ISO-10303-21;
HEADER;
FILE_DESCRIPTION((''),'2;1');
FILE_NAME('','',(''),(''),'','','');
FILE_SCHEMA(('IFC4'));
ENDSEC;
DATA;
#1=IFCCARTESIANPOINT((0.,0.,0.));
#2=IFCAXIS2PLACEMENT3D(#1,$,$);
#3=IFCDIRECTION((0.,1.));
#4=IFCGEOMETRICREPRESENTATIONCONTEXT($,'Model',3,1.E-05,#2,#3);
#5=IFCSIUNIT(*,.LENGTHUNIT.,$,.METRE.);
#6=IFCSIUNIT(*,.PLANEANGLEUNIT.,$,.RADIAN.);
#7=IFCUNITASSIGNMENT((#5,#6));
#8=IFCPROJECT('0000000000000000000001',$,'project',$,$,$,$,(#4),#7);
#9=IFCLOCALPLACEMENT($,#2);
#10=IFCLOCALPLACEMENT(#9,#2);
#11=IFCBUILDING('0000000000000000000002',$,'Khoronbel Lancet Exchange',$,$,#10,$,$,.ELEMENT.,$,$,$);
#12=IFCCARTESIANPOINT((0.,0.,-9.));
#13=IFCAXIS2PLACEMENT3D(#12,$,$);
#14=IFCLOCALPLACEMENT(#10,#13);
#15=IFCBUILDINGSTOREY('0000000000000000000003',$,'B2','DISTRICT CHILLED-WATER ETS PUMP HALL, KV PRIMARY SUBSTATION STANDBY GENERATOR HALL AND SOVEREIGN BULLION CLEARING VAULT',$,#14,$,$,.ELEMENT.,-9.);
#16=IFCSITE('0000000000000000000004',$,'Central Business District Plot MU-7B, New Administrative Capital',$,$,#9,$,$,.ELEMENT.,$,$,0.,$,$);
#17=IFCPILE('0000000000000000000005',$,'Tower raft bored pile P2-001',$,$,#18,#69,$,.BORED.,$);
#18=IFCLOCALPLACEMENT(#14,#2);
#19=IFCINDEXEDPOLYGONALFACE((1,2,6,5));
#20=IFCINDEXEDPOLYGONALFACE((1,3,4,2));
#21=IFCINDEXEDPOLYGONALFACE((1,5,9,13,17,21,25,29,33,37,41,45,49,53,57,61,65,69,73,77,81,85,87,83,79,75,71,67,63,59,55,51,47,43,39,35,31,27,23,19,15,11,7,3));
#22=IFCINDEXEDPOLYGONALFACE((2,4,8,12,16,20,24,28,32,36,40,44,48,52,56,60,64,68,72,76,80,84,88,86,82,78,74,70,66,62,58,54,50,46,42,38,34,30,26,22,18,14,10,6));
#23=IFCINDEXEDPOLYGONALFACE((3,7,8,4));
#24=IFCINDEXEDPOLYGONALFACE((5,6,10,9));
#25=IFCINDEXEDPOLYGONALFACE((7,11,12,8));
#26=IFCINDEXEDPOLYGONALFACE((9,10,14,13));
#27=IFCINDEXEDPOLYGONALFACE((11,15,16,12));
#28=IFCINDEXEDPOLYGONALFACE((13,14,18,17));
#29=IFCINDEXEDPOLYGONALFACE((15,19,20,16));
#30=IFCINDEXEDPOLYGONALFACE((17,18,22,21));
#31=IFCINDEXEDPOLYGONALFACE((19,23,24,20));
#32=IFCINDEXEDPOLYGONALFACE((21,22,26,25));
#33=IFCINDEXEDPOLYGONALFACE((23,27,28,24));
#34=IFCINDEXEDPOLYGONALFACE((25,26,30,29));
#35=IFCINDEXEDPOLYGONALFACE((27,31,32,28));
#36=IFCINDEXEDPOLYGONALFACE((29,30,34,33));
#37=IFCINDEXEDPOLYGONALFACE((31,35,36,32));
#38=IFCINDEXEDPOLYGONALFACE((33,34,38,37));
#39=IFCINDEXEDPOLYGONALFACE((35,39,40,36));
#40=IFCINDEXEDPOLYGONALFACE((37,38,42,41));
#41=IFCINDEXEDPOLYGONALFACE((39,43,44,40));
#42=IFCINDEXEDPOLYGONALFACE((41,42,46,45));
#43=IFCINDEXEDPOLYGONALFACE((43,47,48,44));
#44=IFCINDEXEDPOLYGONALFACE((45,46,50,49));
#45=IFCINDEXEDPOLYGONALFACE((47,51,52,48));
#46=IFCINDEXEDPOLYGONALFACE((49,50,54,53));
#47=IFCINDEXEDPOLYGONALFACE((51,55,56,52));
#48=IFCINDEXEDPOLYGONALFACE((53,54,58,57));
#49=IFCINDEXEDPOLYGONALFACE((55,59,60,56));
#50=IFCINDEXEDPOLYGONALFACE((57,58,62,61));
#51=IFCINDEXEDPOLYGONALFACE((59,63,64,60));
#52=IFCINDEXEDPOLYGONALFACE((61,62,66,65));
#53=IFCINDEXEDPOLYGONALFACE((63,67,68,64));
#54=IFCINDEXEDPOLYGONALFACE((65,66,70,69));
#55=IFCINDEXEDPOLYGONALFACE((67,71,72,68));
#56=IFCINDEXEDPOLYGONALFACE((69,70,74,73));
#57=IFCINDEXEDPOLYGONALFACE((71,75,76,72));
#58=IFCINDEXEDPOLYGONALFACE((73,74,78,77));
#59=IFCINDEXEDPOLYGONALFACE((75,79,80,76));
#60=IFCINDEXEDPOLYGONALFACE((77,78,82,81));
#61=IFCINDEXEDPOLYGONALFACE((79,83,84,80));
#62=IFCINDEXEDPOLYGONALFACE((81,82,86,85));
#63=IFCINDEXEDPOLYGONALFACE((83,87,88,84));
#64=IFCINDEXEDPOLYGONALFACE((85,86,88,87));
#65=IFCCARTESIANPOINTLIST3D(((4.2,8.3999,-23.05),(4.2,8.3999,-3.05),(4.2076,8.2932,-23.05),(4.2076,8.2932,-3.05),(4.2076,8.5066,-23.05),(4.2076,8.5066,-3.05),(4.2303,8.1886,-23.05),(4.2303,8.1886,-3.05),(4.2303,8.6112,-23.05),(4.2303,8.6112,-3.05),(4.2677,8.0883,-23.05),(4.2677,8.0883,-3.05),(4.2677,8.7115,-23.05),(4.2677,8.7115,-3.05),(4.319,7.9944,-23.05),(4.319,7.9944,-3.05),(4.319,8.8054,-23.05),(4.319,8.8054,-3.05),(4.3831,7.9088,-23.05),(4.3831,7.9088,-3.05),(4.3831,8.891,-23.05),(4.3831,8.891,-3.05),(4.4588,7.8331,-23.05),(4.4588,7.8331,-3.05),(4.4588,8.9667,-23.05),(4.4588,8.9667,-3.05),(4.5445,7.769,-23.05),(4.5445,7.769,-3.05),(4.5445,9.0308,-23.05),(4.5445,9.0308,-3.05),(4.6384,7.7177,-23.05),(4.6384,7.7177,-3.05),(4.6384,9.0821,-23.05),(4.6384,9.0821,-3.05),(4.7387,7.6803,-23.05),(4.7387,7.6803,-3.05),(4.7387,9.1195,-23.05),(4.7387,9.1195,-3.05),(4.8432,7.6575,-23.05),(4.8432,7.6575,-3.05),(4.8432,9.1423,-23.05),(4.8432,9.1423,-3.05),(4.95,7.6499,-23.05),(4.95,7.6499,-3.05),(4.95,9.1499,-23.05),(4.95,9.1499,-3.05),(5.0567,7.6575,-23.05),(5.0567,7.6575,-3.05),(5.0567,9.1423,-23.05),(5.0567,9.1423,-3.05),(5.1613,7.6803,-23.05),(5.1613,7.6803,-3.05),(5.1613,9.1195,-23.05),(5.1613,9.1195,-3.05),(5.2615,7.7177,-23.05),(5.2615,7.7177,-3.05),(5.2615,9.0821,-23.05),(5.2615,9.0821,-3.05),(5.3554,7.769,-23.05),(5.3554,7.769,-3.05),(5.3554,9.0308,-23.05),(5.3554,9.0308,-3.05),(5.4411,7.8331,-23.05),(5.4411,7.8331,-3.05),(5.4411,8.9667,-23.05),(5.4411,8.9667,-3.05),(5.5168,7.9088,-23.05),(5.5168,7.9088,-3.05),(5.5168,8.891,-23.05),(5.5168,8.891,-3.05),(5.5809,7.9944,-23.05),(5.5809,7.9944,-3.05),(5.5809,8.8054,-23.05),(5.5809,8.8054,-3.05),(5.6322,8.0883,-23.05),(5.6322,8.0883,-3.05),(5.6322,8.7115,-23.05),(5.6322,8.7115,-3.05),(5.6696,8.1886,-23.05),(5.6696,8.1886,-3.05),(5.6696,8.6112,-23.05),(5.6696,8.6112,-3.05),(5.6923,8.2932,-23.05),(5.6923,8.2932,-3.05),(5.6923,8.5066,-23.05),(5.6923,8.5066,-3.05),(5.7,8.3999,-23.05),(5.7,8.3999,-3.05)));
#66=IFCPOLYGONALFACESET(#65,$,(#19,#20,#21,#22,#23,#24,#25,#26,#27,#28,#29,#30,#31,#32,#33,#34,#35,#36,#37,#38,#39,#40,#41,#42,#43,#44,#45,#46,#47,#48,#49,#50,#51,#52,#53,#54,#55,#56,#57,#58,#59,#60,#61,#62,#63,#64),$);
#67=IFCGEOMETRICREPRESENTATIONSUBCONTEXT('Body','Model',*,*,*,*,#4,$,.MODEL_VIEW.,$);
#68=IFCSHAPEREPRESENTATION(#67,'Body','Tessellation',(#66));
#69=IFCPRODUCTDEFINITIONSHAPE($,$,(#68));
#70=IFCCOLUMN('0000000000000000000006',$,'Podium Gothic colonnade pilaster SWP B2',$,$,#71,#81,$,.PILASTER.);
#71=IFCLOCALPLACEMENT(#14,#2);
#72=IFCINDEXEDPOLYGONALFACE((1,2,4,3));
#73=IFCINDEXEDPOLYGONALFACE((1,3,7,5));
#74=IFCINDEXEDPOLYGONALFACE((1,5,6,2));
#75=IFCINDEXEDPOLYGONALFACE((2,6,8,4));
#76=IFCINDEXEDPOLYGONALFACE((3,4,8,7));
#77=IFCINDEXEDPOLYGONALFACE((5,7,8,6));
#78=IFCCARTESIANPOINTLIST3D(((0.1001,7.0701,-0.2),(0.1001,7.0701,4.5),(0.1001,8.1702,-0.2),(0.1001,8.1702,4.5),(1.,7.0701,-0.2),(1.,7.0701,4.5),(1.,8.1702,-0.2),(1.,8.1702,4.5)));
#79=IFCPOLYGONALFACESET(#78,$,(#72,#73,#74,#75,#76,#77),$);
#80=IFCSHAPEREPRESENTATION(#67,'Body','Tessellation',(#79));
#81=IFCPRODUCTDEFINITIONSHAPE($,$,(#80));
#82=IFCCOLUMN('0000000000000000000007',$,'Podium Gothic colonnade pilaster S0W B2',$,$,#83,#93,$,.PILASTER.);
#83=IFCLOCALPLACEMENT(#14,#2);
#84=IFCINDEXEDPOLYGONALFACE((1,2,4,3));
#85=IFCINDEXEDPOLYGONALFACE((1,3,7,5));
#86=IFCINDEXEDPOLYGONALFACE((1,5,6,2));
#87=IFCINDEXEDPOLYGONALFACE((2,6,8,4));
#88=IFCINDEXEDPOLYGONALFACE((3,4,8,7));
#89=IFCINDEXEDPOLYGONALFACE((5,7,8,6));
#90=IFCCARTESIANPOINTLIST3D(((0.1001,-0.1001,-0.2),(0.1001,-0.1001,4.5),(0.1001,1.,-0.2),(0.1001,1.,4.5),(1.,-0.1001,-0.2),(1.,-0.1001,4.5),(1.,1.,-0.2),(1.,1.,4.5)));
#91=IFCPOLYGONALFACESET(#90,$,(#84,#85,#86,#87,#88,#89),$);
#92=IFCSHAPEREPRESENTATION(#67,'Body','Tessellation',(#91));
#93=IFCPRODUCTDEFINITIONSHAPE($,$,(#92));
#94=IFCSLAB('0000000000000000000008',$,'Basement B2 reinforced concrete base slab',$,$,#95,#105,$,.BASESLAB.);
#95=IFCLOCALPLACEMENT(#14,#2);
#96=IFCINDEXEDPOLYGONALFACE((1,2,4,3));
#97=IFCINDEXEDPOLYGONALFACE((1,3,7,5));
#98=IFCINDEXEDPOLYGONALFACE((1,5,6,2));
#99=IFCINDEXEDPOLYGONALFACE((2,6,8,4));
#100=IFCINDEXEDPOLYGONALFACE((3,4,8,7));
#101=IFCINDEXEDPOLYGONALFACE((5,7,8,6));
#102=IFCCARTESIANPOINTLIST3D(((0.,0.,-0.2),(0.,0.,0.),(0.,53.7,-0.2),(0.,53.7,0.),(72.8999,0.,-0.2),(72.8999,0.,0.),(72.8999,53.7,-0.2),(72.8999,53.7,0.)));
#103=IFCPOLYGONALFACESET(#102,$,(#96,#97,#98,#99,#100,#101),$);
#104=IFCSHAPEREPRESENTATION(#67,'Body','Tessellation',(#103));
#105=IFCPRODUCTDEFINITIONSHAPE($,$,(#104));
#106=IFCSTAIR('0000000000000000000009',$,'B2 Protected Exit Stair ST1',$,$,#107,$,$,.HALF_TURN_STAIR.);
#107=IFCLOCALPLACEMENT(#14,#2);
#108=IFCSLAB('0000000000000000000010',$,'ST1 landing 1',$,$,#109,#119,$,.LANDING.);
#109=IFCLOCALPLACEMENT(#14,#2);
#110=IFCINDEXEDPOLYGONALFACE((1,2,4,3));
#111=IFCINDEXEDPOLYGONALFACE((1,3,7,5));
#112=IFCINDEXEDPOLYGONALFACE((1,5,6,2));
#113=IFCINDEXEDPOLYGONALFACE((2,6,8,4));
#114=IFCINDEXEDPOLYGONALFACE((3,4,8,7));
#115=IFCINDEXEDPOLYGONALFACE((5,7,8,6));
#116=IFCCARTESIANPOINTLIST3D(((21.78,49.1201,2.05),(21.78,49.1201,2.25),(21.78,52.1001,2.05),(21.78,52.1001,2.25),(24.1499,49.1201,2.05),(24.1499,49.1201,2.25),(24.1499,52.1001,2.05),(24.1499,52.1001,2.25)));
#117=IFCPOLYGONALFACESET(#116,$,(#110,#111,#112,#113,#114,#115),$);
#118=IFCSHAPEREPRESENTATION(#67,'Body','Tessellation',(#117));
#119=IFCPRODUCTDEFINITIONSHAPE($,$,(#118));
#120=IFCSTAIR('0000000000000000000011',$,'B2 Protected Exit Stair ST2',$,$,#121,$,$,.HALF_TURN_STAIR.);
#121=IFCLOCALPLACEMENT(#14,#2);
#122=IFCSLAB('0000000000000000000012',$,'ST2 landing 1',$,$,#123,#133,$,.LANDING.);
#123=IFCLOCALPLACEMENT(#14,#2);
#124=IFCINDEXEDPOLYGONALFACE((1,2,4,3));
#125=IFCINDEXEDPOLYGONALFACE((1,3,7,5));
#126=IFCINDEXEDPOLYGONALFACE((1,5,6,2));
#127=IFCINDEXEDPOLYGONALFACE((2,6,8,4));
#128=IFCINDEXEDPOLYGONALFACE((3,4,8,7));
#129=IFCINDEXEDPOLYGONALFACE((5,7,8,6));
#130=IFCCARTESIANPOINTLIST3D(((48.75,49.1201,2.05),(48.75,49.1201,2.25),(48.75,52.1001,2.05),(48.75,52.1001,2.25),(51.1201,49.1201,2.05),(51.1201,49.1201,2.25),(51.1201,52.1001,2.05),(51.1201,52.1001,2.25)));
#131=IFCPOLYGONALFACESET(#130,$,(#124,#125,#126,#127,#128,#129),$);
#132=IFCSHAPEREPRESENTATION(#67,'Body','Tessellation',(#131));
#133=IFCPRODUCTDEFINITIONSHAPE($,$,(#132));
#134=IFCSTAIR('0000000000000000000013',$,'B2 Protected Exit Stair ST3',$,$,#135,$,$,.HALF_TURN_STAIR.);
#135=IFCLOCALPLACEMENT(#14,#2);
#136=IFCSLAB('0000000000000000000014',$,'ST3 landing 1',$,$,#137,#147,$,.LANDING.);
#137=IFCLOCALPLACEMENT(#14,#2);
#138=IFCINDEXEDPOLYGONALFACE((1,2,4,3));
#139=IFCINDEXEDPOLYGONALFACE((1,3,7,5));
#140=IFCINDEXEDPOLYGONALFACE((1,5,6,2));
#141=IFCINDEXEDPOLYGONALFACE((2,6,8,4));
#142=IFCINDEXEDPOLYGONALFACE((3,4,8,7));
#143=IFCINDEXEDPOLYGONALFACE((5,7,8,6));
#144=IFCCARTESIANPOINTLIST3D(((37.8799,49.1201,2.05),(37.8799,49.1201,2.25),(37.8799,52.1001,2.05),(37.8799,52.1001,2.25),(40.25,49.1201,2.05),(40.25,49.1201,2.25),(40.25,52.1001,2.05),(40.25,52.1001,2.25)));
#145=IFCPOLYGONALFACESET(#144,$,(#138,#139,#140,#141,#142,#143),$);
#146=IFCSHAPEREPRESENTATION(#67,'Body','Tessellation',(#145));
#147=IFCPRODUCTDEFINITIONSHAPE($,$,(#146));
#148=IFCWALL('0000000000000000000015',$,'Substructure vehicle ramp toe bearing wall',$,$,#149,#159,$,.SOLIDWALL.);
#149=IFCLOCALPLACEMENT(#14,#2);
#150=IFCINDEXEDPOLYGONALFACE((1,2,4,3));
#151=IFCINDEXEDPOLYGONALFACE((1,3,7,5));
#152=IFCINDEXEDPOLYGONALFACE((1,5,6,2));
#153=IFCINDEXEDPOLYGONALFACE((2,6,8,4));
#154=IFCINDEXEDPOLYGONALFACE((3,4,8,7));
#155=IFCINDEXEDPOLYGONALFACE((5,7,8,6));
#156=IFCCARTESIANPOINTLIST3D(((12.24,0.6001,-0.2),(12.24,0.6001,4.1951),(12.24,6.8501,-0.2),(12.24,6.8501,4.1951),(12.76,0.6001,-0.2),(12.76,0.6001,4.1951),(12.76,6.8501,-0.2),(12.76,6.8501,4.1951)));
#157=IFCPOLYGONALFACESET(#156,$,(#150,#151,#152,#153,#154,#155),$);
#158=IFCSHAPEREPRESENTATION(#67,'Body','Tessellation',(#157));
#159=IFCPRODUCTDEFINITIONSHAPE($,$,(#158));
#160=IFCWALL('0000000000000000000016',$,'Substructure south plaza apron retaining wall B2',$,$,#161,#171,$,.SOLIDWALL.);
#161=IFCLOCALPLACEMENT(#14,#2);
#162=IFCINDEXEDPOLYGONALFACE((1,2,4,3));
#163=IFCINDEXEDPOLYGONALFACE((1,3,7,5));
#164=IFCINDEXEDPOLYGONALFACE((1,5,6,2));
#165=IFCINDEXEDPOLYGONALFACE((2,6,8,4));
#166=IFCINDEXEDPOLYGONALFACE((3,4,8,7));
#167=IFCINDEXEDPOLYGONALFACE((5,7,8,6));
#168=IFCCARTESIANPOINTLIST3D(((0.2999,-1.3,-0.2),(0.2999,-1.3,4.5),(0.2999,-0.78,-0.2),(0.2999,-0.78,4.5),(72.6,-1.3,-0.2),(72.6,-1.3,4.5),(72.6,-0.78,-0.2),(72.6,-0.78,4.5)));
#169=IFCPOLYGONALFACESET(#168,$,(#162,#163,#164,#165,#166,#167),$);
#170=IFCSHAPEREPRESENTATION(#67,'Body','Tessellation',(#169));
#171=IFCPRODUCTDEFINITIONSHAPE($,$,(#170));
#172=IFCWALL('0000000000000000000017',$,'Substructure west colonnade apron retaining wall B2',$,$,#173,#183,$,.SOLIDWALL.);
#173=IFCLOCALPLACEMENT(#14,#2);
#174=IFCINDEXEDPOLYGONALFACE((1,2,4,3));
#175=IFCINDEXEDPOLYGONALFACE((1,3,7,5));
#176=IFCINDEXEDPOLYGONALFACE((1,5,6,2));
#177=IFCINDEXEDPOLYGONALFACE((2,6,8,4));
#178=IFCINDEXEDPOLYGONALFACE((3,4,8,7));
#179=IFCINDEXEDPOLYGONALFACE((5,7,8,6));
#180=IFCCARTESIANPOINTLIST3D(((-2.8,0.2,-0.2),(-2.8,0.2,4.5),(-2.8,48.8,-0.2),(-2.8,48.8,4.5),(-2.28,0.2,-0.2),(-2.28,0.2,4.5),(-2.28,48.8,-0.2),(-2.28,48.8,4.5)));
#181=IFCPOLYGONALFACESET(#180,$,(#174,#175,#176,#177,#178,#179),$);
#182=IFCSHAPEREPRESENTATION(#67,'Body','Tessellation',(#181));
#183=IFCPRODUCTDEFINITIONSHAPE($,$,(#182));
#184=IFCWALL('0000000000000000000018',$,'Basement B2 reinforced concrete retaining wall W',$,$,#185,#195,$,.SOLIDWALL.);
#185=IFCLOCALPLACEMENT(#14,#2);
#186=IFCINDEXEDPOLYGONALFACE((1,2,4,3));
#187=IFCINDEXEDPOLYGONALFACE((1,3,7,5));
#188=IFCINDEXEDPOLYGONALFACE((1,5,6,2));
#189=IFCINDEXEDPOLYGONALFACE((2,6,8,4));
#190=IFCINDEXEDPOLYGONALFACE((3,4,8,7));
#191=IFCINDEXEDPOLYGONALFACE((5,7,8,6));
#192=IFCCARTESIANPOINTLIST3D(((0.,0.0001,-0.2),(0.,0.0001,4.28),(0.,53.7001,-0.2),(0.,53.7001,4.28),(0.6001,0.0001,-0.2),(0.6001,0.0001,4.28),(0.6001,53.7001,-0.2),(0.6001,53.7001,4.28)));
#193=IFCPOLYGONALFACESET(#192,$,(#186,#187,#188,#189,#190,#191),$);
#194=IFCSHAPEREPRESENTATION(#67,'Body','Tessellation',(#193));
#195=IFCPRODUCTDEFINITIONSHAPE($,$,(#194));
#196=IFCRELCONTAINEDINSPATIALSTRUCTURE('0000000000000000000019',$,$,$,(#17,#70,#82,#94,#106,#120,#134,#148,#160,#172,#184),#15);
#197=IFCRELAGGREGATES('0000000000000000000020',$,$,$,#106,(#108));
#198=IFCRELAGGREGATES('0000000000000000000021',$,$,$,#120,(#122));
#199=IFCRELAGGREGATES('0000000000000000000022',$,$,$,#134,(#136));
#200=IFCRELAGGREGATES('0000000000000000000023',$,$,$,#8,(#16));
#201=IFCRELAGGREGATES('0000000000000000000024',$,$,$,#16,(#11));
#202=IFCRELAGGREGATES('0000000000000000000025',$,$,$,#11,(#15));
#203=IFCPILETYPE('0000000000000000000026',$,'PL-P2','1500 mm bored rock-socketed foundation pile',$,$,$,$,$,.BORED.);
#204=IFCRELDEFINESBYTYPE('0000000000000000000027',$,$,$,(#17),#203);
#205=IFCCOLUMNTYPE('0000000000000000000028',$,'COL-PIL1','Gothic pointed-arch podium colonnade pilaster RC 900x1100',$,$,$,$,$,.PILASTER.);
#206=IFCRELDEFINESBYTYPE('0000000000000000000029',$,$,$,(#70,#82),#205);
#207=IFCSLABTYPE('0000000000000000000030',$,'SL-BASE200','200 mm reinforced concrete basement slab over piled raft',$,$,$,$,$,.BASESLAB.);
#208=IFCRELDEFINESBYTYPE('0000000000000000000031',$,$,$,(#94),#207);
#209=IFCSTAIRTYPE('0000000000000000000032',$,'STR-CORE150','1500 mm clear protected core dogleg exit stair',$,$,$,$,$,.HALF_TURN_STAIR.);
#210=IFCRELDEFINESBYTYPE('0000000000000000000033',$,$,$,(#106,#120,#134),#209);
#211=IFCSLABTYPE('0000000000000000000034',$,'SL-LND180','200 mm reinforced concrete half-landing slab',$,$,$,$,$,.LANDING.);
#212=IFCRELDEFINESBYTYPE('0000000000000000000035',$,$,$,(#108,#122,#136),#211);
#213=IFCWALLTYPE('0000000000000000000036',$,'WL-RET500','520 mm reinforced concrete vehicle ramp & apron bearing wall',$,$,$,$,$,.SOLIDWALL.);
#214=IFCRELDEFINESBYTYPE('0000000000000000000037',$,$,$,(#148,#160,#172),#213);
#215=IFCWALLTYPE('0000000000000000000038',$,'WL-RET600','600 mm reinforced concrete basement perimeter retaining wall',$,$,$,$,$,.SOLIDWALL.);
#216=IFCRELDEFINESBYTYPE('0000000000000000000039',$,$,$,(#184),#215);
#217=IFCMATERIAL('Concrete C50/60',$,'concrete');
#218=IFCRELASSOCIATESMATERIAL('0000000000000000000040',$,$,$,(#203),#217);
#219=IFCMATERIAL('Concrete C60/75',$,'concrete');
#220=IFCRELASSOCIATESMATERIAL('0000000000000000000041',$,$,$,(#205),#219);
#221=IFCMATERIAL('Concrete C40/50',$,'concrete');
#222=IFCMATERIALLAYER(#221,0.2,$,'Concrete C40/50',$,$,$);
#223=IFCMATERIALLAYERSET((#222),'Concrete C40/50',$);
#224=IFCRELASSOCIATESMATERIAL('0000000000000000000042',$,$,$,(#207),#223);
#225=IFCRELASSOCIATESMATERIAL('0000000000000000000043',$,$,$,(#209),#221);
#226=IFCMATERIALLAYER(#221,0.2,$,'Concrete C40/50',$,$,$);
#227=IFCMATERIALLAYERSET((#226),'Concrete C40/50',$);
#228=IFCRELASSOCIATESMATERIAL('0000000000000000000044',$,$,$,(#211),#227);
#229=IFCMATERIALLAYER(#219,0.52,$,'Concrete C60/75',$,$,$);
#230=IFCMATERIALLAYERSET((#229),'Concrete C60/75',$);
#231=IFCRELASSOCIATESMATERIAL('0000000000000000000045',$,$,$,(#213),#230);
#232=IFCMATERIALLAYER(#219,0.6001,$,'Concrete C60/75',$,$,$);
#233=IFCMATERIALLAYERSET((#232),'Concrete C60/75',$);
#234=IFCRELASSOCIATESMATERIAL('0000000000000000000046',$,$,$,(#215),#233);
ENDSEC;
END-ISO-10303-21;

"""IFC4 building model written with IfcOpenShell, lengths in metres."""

from ifc_helpers import new_model, si_unit, direction, frame, frame_2d, origin, origin_2d, place, context, subcontext, project, spatial, polyline, rectangle, circle, outline, extrude, material, layer, layer_set, material_profile, profile_set, type_object, element, aggregate, save


model = new_model("IFC4")

# Units and contexts
model_context = context("Model", 3, precision=1e-05, world=origin(), true_north=direction((0.0, 1.0)))
body_context = subcontext(model_context, "Body", "Model", "MODEL_VIEW")
ifc_project = project(units=[si_unit("LENGTHUNIT", "METRE"), si_unit("PLANEANGLEUNIT", "RADIAN")], contexts=[model_context])

# Site, building, storey
site_placement = place(None, origin())
site = spatial("IfcSite", under=ifc_project, at=site_placement, Name="Central Business District Plot MU-7B, New Administrative Capital", CompositionType="ELEMENT", RefElevation=0.0)
building_placement = place(site_placement, origin())
building = spatial("IfcBuilding", under=site, at=building_placement, Name="Khoronbel Lancet Exchange", CompositionType="ELEMENT")
storey_placement = place(building_placement, frame((0.0, 0.0, -9.0)))
storey = spatial("IfcBuildingStorey", under=building, at=storey_placement, Name="B2", Description="DISTRICT CHILLED-WATER ETS PUMP HALL, KV PRIMARY SUBSTATION STANDBY GENERATOR HALL AND SOVEREIGN BULLION CLEARING VAULT", CompositionType="ELEMENT", Elevation=-9.0)

# Shared definitions
ifc_material_1 = material(Name="Concrete C50/60", Category="concrete")

# Pile
ifc_material_profile_1 = material_profile(ifc_material_1, circle(Radius=0.75, at=origin_2d()), Name="BORED PILE D1500")
ifc_profile_set_1 = profile_set([ifc_material_profile_1], Name="Concrete C50/60")
pile_type_1 = type_object("IfcPileType", Name="PL-P2", Description="1500 mm bored rock-socketed foundation pile", PredefinedType="BORED", material=ifc_profile_set_1)
pile_placement = place(storey_placement, frame((4.95, 8.3999, -3.05), z_axis=(0.0, 0.0, -1.0), x_axis=(1.0, 0.0, 0.0)))
element("IfcPile", 1, at=pile_placement, inside=storey, type_object=pile_type_1, Name="Tower raft bored pile P2-001", PredefinedType="BORED", context=body_context, shape_type="SweptSolid", body=[
    extrude(circle(Radius=0.75, at=origin_2d()), origin(), (0.0, 0.0, 1.0), 20.0),
])

# Columns
ifc_material_2 = material(Name="Concrete C60/75", Category="concrete")
ifc_material_profile_2 = material_profile(ifc_material_2, rectangle(XDim=0.8999, YDim=1.1001, at=origin_2d()), Name="RC 900x1100")
ifc_profile_set_2 = profile_set([ifc_material_profile_2], Name="Concrete C60/75")
column_type = type_object("IfcColumnType", Name="COL-PIL1", Description="Gothic pointed-arch podium colonnade pilaster RC 900x1100", PredefinedType="PILASTER", material=ifc_profile_set_2)
for number, where, z_axis, x_axis, name in (
    (2, (0.55, 7.6201, -0.2), (0.0, 0.0, 1.0), (1.0, 0.0, 0.0), "Podium Gothic colonnade pilaster SWP B2"),
    (3, (0.55, 0.45, -0.2), (0.0, 0.0, 1.0), (1.0, 0.0, 0.0), "Podium Gothic colonnade pilaster S0W B2"),
):
    element("IfcColumn", number, at=place(storey_placement, frame(where, z_axis=z_axis, x_axis=x_axis)), inside=storey, type_object=column_type, Name=name, PredefinedType="PILASTER", context=body_context, shape_type="SweptSolid", body=[
        extrude(rectangle(XDim=0.8999, YDim=1.1001, at=origin_2d()), origin(), (0.0, 0.0, 1.0), 4.7),
    ])

# Slab
ifc_material_3 = material(Name="Concrete C40/50", Category="concrete")
ifc_layer_1 = layer(ifc_material_3, 0.2, Name="Concrete C40/50")
ifc_layer_set_1 = layer_set([ifc_layer_1], Name="Concrete C40/50")
slab_type_1 = type_object("IfcSlabType", Name="SL-BASE200", Description="200 mm reinforced concrete basement slab over piled raft", PredefinedType="BASESLAB", material=ifc_layer_set_1)
slab_1_placement = place(storey_placement, frame((0.0, 0.0, -0.2)))
element("IfcSlab", 4, at=slab_1_placement, inside=storey, type_object=slab_type_1, Name="Basement B2 reinforced concrete base slab", PredefinedType="BASESLAB", context=body_context, shape_type="SweptSolid", body=[
    extrude(outline(polyline([(0.0, 0.0), (72.8999, 0.0), (72.8999, 53.7), (0.0, 53.7), (0.0, 0.0)])), origin(), (0.0, 0.0, 1.0), 0.2),
])

# Stairs, slabs
stair_type = type_object("IfcStairType", Name="STR-CORE150", Description="1500 mm clear protected core dogleg exit stair", PredefinedType="HALF_TURN_STAIR", material=ifc_material_3)
stair_1_placement = place(storey_placement, origin())
stair_1 = element("IfcStair", 5, at=stair_1_placement, inside=storey, type_object=stair_type, Name="B2 Protected Exit Stair ST1", PredefinedType="HALF_TURN_STAIR")
ifc_layer_2 = layer(ifc_material_3, 0.2, Name="Concrete C40/50")
ifc_layer_set_2 = layer_set([ifc_layer_2], Name="Concrete C40/50")
slab_type_2 = type_object("IfcSlabType", Name="SL-LND180", Description="200 mm reinforced concrete half-landing slab", PredefinedType="LANDING", material=ifc_layer_set_2)
slab_2_placement = place(storey_placement, frame((0.0, 0.0, 2.05)))
slab_2 = element("IfcSlab", 6, at=slab_2_placement, type_object=slab_type_2, Name="ST1 landing 1", PredefinedType="LANDING", context=body_context, shape_type="SweptSolid", body=[
    extrude(outline(polyline([(21.78, 49.1201), (24.1499, 49.1201), (24.1499, 52.1001), (21.78, 52.1001), (21.78, 49.1201)])), origin(), (0.0, 0.0, 1.0), 0.2),
])
aggregate(stair_1, [slab_2])
stair_2_placement = place(storey_placement, origin())
stair_2 = element("IfcStair", 7, at=stair_2_placement, inside=storey, type_object=stair_type, Name="B2 Protected Exit Stair ST2", PredefinedType="HALF_TURN_STAIR")
slab_3_placement = place(storey_placement, frame((0.0, 0.0, 2.05)))
slab_3 = element("IfcSlab", 8, at=slab_3_placement, type_object=slab_type_2, Name="ST2 landing 1", PredefinedType="LANDING", context=body_context, shape_type="SweptSolid", body=[
    extrude(outline(polyline([(51.1201, 52.1001), (48.75, 52.1001), (48.75, 49.1201), (51.1201, 49.1201), (51.1201, 52.1001)])), origin(), (0.0, 0.0, 1.0), 0.2),
])
aggregate(stair_2, [slab_3])
stair_3_placement = place(storey_placement, origin())
stair_3 = element("IfcStair", 9, at=stair_3_placement, inside=storey, type_object=stair_type, Name="B2 Protected Exit Stair ST3", PredefinedType="HALF_TURN_STAIR")
slab_4_placement = place(storey_placement, frame((0.0, 0.0, 2.05)))
slab_4 = element("IfcSlab", 10, at=slab_4_placement, type_object=slab_type_2, Name="ST3 landing 1", PredefinedType="LANDING", context=body_context, shape_type="SweptSolid", body=[
    extrude(outline(polyline([(37.8799, 49.1201), (40.25, 49.1201), (40.25, 52.1001), (37.8799, 52.1001), (37.8799, 49.1201)])), origin(), (0.0, 0.0, 1.0), 0.2),
])
aggregate(stair_3, [slab_4])

# Walls
ifc_layer_3 = layer(ifc_material_2, 0.52, Name="Concrete C60/75")
ifc_layer_set_3 = layer_set([ifc_layer_3], Name="Concrete C60/75")
wall_type_1 = type_object("IfcWallType", Name="WL-RET500", Description="520 mm reinforced concrete vehicle ramp & apron bearing wall", PredefinedType="SOLIDWALL", material=ifc_layer_set_3)
wall_1_placement = place(storey_placement, frame((12.5, 0.6001, -0.2), z_axis=(0.0, 0.0, 1.0), x_axis=(0.0, 1.0, 0.0)))
element("IfcWall", 11, at=wall_1_placement, inside=storey, type_object=wall_type_1, Name="Substructure vehicle ramp toe bearing wall", PredefinedType="SOLIDWALL", context=body_context, shape_type="SweptSolid", body=[
    extrude(rectangle(XDim=6.25, YDim=0.52, at=frame_2d((3.125, 0.0))), origin(), (0.0, 0.0, 1.0), 4.395),
])
wall_2_placement = place(storey_placement, frame((0.3, -1.04, -0.2), z_axis=(0.0, 0.0, 1.0), x_axis=(1.0, 0.0, 0.0)))
element("IfcWall", 12, at=wall_2_placement, inside=storey, type_object=wall_type_1, Name="Substructure south plaza apron retaining wall B2", PredefinedType="SOLIDWALL", context=body_context, shape_type="SweptSolid", body=[
    extrude(rectangle(XDim=72.3, YDim=0.52, at=frame_2d((36.1499, 0.0))), origin(), (0.0, 0.0, 1.0), 4.7),
])
wall_3_placement = place(storey_placement, frame((-2.54, 0.2, -0.2), z_axis=(0.0, 0.0, 1.0), x_axis=(0.0, 1.0, 0.0)))
element("IfcWall", 13, at=wall_3_placement, inside=storey, type_object=wall_type_1, Name="Substructure west colonnade apron retaining wall B2", PredefinedType="SOLIDWALL", context=body_context, shape_type="SweptSolid", body=[
    extrude(rectangle(XDim=48.6001, YDim=0.52, at=frame_2d((24.3, 0.0))), origin(), (0.0, 0.0, 1.0), 4.7),
])
ifc_layer_4 = layer(ifc_material_2, 0.6001, Name="Concrete C60/75")
ifc_layer_set_4 = layer_set([ifc_layer_4], Name="Concrete C60/75")
wall_type_2 = type_object("IfcWallType", Name="WL-RET600", Description="600 mm reinforced concrete basement perimeter retaining wall", PredefinedType="SOLIDWALL", material=ifc_layer_set_4)
wall_4_placement = place(storey_placement, frame((0.3, 0.0, -0.2), z_axis=(0.0, 0.0, 1.0), x_axis=(0.0, 1.0, 0.0)))
element("IfcWall", 14, at=wall_4_placement, inside=storey, type_object=wall_type_2, Name="Basement B2 reinforced concrete retaining wall W", PredefinedType="SOLIDWALL", context=body_context, shape_type="SweptSolid", body=[
    extrude(rectangle(XDim=53.7, YDim=0.6001, at=frame_2d((26.8501, 0.0))), origin(), (0.0, 0.0, 1.0), 4.48),
])

save(model, "model.ifc")
